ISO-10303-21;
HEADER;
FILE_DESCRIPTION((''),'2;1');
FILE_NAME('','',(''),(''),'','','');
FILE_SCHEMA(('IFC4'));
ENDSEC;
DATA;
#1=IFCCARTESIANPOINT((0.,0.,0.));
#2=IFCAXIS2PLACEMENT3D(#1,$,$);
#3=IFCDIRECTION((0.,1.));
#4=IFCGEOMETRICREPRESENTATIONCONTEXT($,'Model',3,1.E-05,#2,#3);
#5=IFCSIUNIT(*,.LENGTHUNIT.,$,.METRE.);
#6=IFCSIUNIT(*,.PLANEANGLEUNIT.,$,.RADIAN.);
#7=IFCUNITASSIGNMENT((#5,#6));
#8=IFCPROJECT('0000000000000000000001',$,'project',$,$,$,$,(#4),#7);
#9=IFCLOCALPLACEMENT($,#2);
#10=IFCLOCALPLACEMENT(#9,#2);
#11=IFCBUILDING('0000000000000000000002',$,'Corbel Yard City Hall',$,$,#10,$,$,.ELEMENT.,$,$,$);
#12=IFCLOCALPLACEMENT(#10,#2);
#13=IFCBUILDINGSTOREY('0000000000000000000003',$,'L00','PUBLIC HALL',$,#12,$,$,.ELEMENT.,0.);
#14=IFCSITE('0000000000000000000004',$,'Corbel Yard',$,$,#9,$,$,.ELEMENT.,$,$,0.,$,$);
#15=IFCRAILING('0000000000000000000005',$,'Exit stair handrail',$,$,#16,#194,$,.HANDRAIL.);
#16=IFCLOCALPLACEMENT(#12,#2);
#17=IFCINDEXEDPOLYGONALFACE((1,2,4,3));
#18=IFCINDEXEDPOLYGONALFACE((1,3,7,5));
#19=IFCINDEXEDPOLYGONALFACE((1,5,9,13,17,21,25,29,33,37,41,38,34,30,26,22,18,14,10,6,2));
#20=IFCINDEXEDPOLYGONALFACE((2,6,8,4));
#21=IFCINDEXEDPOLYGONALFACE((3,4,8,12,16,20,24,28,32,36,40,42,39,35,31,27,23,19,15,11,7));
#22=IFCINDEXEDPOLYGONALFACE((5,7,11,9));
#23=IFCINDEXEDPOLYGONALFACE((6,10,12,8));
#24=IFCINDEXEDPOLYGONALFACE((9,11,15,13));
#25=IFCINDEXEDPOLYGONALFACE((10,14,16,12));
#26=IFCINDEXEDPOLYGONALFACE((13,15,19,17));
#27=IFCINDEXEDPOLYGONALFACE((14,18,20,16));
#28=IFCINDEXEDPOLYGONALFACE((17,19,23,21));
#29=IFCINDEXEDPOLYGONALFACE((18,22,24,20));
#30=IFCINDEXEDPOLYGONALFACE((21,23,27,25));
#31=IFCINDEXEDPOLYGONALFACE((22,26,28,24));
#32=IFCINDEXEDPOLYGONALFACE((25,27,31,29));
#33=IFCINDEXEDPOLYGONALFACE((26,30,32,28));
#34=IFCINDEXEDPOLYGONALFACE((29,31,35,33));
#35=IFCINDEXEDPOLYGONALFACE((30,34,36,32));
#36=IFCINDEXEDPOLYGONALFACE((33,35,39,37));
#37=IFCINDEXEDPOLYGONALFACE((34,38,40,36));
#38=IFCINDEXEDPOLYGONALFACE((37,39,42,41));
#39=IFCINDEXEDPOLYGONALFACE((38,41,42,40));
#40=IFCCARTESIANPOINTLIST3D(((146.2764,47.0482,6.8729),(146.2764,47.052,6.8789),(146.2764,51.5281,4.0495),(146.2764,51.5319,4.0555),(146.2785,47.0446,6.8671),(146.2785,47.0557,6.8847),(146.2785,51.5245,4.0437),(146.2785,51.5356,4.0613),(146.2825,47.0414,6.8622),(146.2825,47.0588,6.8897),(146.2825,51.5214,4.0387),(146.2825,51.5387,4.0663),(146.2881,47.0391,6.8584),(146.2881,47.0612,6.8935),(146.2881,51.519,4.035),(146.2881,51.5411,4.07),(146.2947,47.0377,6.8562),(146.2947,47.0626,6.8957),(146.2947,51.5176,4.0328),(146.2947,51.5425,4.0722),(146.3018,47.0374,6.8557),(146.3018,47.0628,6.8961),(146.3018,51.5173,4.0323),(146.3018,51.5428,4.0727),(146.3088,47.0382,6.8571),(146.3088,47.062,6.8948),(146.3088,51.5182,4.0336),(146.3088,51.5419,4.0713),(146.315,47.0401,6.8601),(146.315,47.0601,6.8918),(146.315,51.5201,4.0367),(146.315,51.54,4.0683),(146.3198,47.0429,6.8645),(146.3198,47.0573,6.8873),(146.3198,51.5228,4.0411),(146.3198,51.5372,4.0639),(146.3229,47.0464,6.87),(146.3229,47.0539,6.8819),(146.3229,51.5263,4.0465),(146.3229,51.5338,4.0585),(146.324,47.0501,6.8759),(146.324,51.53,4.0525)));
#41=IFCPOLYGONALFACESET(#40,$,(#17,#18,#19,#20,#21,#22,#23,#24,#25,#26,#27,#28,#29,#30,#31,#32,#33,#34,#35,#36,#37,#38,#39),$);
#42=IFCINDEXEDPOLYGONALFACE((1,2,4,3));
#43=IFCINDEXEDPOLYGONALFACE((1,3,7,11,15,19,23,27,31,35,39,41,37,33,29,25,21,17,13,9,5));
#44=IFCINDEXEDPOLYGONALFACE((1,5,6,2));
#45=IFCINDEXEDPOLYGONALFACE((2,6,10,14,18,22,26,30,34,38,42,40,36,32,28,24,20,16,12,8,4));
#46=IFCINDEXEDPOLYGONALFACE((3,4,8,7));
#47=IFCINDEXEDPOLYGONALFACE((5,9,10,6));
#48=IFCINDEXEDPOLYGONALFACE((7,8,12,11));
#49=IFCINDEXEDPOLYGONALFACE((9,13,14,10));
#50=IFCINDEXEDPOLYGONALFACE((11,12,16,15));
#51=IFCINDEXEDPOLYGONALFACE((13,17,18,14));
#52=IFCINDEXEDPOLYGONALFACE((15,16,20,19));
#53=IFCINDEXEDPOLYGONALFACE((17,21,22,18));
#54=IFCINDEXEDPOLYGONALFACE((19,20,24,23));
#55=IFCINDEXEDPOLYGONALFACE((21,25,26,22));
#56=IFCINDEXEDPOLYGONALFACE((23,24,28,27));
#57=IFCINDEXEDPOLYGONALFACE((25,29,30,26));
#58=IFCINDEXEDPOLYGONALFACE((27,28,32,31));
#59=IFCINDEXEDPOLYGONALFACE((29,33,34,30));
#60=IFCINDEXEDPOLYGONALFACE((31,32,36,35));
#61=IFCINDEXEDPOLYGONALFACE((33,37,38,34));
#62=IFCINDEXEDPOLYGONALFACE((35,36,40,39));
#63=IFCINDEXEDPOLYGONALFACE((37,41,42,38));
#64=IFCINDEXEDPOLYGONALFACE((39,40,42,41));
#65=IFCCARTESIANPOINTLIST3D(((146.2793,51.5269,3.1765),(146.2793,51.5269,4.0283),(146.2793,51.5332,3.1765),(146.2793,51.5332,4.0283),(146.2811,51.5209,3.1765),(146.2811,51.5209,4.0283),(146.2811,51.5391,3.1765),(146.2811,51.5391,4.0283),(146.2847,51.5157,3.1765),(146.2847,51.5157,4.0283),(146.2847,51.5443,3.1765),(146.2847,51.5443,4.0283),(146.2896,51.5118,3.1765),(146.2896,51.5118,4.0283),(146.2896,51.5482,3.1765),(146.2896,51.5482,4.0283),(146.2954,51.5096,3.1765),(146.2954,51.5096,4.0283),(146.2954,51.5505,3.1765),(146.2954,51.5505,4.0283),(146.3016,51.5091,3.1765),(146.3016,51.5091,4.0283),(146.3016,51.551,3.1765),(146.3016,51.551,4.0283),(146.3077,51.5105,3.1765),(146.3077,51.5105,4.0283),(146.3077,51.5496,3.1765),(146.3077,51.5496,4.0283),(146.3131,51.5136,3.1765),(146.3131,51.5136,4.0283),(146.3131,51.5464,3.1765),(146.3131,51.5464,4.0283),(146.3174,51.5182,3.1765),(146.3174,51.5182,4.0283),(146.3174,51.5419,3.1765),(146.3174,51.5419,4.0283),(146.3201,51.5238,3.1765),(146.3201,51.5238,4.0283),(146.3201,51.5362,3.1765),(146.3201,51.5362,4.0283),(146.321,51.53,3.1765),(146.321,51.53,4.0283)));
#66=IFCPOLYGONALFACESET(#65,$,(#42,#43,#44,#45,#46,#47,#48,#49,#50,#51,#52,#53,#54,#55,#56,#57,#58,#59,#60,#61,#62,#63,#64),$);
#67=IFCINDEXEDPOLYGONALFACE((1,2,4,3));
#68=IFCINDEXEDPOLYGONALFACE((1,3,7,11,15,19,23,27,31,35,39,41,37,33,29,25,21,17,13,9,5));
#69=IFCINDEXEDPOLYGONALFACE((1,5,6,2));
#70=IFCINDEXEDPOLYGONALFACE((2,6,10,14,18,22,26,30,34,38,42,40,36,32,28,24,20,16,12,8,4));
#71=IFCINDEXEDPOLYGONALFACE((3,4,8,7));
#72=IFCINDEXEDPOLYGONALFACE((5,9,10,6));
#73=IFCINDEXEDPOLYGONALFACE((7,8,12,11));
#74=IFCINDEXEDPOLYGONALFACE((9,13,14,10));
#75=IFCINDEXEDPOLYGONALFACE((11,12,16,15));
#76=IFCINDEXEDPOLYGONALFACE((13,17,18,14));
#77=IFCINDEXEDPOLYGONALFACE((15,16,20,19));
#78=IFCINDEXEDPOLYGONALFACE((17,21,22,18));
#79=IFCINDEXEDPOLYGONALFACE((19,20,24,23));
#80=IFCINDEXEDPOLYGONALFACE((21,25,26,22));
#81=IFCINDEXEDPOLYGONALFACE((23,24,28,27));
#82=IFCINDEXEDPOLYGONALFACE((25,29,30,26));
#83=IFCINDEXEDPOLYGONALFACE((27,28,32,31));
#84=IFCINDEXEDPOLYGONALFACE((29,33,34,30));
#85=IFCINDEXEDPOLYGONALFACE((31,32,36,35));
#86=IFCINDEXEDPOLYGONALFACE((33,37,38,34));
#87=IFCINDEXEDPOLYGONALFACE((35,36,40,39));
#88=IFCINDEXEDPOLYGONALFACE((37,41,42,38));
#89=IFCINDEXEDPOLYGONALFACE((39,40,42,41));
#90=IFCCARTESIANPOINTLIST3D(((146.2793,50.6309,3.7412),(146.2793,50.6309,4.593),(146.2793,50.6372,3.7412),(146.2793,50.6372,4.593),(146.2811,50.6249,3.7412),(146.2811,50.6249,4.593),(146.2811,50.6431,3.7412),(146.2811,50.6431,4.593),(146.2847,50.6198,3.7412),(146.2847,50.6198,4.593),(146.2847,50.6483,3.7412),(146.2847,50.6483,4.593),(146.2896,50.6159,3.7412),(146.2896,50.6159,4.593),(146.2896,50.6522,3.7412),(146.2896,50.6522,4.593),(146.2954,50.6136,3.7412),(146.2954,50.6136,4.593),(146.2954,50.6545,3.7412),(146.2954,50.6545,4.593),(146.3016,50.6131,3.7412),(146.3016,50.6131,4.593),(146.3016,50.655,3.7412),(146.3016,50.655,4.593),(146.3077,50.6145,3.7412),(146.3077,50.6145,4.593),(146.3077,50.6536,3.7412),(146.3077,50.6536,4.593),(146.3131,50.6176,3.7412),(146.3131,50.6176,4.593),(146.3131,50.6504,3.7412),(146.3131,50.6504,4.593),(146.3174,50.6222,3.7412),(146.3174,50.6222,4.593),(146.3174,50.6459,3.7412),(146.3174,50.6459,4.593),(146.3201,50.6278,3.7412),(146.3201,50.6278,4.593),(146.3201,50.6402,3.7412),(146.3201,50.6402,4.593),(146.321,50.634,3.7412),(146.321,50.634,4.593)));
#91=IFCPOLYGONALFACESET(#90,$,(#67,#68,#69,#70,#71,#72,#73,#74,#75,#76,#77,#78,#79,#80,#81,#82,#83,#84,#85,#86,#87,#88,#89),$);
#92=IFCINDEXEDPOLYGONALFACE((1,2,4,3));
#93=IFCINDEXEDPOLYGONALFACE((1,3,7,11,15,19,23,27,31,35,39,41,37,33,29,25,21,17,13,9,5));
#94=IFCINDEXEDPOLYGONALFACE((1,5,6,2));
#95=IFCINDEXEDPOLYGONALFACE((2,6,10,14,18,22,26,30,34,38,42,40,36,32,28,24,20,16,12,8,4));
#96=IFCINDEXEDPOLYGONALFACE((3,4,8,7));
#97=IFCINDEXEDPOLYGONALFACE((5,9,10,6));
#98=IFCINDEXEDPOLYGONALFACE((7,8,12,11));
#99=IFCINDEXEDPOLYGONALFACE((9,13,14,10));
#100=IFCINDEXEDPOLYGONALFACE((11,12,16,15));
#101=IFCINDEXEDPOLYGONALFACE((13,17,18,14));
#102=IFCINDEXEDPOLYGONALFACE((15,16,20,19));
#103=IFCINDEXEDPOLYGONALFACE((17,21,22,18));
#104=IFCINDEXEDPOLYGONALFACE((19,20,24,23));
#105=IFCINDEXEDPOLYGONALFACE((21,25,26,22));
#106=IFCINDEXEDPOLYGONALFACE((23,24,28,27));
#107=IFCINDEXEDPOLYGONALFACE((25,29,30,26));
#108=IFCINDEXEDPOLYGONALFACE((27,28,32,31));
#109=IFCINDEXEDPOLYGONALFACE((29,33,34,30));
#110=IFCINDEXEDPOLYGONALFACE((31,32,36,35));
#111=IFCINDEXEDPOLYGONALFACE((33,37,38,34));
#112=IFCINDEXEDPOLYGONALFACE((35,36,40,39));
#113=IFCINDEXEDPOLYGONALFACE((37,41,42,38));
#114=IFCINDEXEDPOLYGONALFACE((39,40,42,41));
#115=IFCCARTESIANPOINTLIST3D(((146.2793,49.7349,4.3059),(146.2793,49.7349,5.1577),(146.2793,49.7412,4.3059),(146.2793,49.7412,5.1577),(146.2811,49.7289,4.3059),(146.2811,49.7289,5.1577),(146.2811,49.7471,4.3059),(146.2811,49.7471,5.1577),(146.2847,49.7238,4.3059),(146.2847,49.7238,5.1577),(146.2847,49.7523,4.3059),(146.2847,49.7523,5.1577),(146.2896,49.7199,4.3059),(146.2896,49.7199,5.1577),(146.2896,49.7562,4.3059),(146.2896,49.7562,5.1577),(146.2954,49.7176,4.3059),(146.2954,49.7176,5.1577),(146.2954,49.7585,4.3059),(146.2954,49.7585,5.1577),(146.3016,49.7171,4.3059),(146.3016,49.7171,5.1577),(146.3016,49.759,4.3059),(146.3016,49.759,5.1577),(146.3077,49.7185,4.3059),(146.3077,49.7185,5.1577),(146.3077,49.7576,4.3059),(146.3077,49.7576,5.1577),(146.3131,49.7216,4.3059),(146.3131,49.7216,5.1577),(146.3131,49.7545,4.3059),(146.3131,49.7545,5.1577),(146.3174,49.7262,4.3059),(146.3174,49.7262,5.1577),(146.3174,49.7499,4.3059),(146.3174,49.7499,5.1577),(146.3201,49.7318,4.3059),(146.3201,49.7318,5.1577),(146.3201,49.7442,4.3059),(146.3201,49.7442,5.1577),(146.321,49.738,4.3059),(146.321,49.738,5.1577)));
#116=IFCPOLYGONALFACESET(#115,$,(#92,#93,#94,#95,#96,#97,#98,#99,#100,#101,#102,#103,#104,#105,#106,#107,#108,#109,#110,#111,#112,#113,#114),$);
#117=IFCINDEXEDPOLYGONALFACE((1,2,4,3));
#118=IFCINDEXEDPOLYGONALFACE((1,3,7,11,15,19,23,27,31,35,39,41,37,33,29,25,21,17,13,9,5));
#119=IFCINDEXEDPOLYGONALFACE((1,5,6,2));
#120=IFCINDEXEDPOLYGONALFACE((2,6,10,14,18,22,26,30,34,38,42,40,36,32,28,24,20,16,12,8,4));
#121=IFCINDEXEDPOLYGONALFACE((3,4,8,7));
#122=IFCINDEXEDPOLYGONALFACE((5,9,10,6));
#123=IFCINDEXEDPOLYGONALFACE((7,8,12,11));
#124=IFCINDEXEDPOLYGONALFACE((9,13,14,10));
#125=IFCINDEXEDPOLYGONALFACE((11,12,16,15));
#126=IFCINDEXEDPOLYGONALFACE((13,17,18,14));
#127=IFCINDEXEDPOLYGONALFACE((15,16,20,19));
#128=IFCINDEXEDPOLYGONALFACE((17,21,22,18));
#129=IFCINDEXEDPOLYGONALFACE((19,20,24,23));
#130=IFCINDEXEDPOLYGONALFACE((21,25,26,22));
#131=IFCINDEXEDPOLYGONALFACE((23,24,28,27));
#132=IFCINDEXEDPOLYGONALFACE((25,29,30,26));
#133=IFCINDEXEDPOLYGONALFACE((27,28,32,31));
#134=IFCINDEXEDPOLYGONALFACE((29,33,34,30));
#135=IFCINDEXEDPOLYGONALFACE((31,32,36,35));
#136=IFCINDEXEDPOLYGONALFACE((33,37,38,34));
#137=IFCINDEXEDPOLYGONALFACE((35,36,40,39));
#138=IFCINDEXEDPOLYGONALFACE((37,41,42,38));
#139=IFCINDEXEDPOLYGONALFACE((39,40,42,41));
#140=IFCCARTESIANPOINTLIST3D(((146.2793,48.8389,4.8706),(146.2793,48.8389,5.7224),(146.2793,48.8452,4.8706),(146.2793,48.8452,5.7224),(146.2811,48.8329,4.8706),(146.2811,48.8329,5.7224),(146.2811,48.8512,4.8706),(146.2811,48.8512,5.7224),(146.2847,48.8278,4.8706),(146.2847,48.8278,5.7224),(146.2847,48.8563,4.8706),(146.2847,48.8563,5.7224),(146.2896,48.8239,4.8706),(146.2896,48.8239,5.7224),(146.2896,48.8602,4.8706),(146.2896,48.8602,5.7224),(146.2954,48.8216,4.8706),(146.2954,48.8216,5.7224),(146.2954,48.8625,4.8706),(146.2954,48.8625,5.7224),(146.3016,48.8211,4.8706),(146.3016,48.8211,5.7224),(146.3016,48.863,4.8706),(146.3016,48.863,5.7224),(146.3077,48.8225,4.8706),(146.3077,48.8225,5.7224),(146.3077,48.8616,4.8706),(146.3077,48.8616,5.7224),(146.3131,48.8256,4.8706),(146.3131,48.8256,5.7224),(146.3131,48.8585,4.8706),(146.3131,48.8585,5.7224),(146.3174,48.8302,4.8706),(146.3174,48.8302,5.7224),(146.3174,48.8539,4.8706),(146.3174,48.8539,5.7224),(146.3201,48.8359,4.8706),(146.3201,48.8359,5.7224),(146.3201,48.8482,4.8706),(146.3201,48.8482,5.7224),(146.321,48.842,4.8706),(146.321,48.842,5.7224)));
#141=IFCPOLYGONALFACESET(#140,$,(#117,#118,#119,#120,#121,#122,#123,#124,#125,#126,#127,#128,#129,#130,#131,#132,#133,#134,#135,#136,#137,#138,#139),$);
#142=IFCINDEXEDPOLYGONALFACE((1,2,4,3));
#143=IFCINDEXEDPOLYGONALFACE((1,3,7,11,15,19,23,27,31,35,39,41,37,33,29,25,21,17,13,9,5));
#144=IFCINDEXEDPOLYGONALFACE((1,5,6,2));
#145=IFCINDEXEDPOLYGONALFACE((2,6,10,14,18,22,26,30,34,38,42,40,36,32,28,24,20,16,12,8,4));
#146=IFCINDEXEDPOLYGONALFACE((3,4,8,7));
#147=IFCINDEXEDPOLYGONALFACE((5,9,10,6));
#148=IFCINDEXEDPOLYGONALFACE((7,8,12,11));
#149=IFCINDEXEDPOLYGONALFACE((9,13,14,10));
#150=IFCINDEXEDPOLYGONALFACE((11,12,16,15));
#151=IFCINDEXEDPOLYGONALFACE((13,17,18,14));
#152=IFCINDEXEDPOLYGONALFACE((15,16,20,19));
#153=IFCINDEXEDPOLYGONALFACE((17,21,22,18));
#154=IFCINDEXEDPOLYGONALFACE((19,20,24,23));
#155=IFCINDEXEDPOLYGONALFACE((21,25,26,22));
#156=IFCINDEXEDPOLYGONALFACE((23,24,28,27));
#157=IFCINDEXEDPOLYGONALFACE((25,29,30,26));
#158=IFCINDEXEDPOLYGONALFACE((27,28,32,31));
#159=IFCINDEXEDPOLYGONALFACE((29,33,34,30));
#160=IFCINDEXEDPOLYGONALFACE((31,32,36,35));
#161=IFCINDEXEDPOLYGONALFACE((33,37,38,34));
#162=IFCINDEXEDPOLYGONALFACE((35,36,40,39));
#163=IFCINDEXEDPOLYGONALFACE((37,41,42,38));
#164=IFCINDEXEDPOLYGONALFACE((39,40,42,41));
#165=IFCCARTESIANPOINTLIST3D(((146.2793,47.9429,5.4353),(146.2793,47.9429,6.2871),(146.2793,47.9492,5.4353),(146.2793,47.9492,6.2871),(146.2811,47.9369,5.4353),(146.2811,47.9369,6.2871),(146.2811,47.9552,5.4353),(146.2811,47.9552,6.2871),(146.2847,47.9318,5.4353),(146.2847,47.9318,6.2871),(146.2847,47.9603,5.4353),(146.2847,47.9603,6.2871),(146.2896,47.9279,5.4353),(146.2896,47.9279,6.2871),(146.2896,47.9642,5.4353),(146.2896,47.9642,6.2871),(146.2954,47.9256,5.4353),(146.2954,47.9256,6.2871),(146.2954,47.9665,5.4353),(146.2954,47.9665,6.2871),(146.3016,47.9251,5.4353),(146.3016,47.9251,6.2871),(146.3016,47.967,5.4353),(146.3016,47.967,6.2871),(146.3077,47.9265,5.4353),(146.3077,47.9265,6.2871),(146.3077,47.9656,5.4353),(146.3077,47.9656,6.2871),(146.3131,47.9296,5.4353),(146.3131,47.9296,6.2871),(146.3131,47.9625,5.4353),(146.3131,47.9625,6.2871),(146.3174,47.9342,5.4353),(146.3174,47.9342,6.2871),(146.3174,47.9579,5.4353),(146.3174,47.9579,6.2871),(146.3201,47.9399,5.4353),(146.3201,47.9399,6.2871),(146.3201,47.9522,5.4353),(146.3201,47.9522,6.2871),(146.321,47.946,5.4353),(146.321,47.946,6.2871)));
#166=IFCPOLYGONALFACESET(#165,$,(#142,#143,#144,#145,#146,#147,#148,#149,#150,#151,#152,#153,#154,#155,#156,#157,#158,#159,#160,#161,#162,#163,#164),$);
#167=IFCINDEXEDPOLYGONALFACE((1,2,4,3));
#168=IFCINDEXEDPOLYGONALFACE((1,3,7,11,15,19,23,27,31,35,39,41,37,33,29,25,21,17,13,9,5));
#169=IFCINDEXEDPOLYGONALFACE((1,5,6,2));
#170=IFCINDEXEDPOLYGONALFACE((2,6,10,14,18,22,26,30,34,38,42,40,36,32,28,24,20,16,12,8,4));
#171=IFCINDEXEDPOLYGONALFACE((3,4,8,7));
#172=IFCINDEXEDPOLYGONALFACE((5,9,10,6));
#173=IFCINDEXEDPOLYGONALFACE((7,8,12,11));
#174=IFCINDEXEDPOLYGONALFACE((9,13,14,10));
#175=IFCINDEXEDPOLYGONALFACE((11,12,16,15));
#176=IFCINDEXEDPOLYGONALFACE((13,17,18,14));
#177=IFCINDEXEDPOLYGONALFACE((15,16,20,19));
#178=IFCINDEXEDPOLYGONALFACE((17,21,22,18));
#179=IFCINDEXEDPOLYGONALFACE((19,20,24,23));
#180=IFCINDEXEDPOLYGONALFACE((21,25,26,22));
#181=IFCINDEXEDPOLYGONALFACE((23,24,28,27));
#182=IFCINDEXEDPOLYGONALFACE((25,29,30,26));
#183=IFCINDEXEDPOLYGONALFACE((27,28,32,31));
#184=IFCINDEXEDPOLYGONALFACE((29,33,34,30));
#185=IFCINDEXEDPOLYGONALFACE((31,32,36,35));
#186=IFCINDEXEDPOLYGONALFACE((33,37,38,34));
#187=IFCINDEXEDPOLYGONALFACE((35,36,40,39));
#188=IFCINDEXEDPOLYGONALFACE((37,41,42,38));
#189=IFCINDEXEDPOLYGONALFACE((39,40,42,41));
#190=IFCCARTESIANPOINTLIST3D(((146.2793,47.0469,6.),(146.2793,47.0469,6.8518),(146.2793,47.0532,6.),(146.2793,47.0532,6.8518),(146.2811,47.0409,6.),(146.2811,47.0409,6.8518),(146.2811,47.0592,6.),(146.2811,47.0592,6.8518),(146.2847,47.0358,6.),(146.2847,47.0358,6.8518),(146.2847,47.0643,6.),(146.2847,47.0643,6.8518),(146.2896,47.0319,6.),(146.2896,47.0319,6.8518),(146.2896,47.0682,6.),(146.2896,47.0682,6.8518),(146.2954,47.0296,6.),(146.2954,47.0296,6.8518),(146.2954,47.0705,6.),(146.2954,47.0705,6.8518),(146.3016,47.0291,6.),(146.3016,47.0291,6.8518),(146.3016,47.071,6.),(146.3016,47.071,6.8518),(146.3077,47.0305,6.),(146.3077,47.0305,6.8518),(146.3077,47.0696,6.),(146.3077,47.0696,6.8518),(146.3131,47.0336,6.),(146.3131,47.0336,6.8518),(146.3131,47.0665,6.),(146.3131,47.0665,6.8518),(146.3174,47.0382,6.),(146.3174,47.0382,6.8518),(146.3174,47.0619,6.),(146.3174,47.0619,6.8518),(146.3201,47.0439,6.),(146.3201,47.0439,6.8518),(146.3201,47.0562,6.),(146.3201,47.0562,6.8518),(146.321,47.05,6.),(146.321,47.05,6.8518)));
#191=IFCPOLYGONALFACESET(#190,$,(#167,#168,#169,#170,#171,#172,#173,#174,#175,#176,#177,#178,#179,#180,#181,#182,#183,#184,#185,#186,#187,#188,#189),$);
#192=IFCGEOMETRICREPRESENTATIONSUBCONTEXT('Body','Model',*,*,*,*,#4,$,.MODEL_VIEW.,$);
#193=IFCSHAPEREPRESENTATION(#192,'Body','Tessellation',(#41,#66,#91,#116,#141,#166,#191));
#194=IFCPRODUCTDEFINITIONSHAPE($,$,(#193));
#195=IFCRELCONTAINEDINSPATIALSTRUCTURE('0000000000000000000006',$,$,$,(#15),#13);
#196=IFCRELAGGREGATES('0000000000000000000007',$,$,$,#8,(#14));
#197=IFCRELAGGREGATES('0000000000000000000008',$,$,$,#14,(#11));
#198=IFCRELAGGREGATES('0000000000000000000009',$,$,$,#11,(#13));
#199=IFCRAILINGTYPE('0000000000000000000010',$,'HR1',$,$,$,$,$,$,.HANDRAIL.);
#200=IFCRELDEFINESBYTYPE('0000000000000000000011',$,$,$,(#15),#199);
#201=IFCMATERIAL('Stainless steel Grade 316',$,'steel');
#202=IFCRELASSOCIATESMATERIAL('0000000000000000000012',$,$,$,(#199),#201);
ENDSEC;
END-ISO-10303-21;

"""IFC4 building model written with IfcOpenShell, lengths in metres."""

from ifc_helpers import new_model, si_unit, direction, frame, origin, origin_2d, place, context, subcontext, project, spatial, circle, extrude, material, type_object, element, save


model = new_model("IFC4")

# Units and contexts
model_context = context("Model", 3, precision=1e-05, world=origin(), true_north=direction((0.0, 1.0)))
body_context = subcontext(model_context, "Body", "Model", "MODEL_VIEW")
ifc_project = project(units=[si_unit("LENGTHUNIT", "METRE"), si_unit("PLANEANGLEUNIT", "RADIAN")], contexts=[model_context])

# Site, building, storey
site_placement = place(None, origin())
site = spatial("IfcSite", under=ifc_project, at=site_placement, Name="Corbel Yard", CompositionType="ELEMENT", RefElevation=0.0)
building_placement = place(site_placement, origin())
building = spatial("IfcBuilding", under=site, at=building_placement, Name="Corbel Yard City Hall", CompositionType="ELEMENT")
storey_placement = place(building_placement, origin())
storey = spatial("IfcBuildingStorey", under=building, at=storey_placement, Name="L00", Description="PUBLIC HALL", CompositionType="ELEMENT", Elevation=0.0)

# Shared definitions
ifc_material_1 = material(Name="Stainless steel Grade 316", Category="steel")

# Railing
railing_type = type_object("IfcRailingType", Name="HR1", PredefinedType="HANDRAIL", material=ifc_material_1)
for number, where, name in (
    (1, (146.3, 51.53, 3.1765), "Exit stair handrail"),
):
    element("IfcRailing", number, at=place(storey_placement, frame(where)), inside=storey, type_object=railing_type, Name=name, PredefinedType="HANDRAIL", context=body_context, shape_type="SweptSolid", body=[
        extrude(circle(Radius=0.0239, at=origin_2d()), frame((0.0, 0.0, 0.876), z_axis=(0.0, -0.845998, 0.533186), x_axis=(1.0, 0.0, 0.0)), (0.0, 0.0, 1.0), 5.2954),
        extrude(circle(Radius=0.021, at=origin_2d()), origin(), (0.0, 0.0, 1.0), 0.8518),
        extrude(circle(Radius=0.021, at=origin_2d()), frame((0.0, -0.896, 0.5647)), (0.0, 0.0, 1.0), 0.8518),
        extrude(circle(Radius=0.021, at=origin_2d()), frame((0.0, -1.792, 1.1294)), (0.0, 0.0, 1.0), 0.8518),
        extrude(circle(Radius=0.021, at=origin_2d()), frame((0.0, -2.688, 1.6941)), (0.0, 0.0, 1.0), 0.8518),
        extrude(circle(Radius=0.021, at=origin_2d()), frame((0.0, -3.584, 2.2588)), (0.0, 0.0, 1.0), 0.8518),
        extrude(circle(Radius=0.021, at=origin_2d()), frame((0.0, -4.48, 2.8235)), (0.0, 0.0, 1.0), 0.8518),
    ])

save(model, "model.ifc")
